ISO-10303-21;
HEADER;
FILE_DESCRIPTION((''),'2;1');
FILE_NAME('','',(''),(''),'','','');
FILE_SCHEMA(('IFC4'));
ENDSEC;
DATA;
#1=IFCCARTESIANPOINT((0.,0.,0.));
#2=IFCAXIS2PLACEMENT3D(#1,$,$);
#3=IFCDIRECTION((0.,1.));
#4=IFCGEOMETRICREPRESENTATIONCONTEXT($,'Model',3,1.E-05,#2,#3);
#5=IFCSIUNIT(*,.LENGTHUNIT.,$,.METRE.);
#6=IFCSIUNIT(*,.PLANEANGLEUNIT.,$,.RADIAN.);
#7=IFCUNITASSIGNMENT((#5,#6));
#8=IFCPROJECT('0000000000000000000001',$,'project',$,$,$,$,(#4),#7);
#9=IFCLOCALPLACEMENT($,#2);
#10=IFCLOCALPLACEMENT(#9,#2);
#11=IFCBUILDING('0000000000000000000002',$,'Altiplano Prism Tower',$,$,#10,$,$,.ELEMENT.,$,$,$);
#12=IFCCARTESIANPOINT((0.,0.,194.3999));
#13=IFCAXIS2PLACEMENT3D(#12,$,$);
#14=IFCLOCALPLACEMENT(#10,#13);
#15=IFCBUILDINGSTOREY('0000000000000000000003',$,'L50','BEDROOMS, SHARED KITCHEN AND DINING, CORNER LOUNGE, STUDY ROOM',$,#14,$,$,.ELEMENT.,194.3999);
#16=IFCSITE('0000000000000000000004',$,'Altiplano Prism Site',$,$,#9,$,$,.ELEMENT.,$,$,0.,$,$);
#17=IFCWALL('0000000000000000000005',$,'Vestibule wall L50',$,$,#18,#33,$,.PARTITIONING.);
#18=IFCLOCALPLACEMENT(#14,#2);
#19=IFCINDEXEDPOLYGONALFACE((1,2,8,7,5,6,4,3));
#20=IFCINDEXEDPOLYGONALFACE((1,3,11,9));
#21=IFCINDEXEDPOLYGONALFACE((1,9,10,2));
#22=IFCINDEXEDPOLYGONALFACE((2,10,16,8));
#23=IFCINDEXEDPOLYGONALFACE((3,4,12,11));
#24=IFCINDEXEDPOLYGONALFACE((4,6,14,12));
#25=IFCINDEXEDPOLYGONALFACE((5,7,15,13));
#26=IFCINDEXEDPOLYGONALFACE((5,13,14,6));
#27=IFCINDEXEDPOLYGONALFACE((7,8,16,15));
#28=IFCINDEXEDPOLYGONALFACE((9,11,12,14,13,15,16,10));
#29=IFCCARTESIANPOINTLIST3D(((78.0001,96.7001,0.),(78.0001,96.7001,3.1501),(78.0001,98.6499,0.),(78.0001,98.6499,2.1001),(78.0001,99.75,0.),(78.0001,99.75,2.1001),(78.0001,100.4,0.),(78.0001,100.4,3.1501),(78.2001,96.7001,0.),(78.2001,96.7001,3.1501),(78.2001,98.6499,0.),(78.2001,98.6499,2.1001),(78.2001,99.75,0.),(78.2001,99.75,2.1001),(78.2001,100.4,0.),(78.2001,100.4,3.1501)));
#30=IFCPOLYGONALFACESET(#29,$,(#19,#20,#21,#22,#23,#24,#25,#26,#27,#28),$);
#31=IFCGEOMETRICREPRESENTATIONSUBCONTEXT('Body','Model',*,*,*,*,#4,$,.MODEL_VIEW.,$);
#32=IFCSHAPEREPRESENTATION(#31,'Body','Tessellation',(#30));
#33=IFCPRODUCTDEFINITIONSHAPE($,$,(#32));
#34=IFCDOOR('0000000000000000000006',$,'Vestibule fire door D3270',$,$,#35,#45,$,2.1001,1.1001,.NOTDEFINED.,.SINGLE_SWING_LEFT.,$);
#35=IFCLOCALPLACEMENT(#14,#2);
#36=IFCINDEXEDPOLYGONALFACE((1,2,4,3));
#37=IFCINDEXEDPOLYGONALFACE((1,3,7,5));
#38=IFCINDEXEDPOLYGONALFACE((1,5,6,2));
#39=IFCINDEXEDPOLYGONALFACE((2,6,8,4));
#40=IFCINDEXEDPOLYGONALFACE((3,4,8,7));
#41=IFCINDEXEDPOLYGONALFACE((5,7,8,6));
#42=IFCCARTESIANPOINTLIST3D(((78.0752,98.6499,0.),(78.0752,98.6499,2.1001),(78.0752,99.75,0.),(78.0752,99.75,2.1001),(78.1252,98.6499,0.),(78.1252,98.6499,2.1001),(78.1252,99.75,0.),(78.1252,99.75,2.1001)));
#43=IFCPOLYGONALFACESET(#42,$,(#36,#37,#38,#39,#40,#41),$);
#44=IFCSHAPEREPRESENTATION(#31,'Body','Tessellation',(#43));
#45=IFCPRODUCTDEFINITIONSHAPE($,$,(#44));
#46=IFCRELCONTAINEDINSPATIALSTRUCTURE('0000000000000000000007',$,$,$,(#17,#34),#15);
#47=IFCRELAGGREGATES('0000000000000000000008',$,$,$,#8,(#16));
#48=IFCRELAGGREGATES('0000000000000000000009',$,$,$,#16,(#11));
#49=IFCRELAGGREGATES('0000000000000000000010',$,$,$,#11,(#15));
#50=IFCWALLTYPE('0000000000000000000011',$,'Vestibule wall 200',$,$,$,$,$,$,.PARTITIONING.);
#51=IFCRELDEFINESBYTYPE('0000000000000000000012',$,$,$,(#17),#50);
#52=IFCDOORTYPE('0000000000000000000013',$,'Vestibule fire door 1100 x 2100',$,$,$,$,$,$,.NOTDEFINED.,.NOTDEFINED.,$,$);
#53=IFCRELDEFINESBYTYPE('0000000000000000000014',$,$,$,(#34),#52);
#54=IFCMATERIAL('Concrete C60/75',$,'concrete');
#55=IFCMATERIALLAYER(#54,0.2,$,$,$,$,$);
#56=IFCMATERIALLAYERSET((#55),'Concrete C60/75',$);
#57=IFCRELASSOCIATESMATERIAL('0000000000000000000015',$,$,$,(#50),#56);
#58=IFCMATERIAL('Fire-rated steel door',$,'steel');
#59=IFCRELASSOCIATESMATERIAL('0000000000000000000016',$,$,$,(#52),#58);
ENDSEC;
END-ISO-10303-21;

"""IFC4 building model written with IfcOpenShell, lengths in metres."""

from ifc_helpers import new_model, si_unit, direction, frame, frame_2d, origin, place, context, subcontext, project, spatial, rectangle, extrude, material, layer, layer_set, type_object, element, fill, save


model = new_model("IFC4")

# Units and contexts
model_context = context("Model", 3, precision=1e-05, world=origin(), true_north=direction((0.0, 1.0)))
body_context = subcontext(model_context, "Body", "Model", "MODEL_VIEW")
ifc_project = project(units=[si_unit("LENGTHUNIT", "METRE"), si_unit("PLANEANGLEUNIT", "RADIAN")], contexts=[model_context])

# Site, building, storey
site_placement = place(None, origin())
site = spatial("IfcSite", under=ifc_project, at=site_placement, Name="Altiplano Prism Site", CompositionType="ELEMENT", RefElevation=0.0)
building_placement = place(site_placement, origin())
building = spatial("IfcBuilding", under=site, at=building_placement, Name="Altiplano Prism Tower", CompositionType="ELEMENT")
storey_placement = place(building_placement, frame((0.0, 0.0, 194.3999)))
storey = spatial("IfcBuildingStorey", under=building, at=storey_placement, Name="L50", Description="BEDROOMS, SHARED KITCHEN AND DINING, CORNER LOUNGE, STUDY ROOM", CompositionType="ELEMENT", Elevation=194.3999)

# Shared definitions
ifc_material_1 = material(Name="Concrete C60/75", Category="concrete")
ifc_material_2 = material(Name="Fire-rated steel door", Category="steel")

# Shared definitions
ifc_layer_1 = layer(ifc_material_1, 0.2)
ifc_layer_set_1 = layer_set([ifc_layer_1], Name="Concrete C60/75")
wall_type_1 = type_object("IfcWallType", Name="Vestibule wall 200", PredefinedType="PARTITIONING", material=ifc_layer_set_1)

# Wall, opening, door
wall_1_placement = place(storey_placement, frame((78.1001, 96.7, 0.0), z_axis=(0.0, 0.0, 1.0), x_axis=(0.0, 1.0, 0.0)))
wall_1 = element("IfcWall", 1, at=wall_1_placement, inside=storey, type_object=wall_type_1, Name="Vestibule wall L50", PredefinedType="PARTITIONING", context=body_context, shape_type="SweptSolid", body=[
    extrude(rectangle(XDim=3.7, YDim=0.2, at=frame_2d((1.8501, 0.0))), origin(), (0.0, 0.0, 1.0), 3.1501),
])
opening_1_placement = place(wall_1_placement, frame((1.95, 0.0, 0.0)))
opening_1 = element("IfcOpeningElement", 2, at=opening_1_placement, cuts=wall_1, PredefinedType="OPENING", context=body_context, shape_type="SweptSolid", body=[
    extrude(rectangle(XDim=1.1001, YDim=2.1001, at=frame_2d((0.55, 1.05))), frame((0.0, 0.1104, 0.0), z_axis=(0.0, -1.0, 0.0), x_axis=(1.0, 0.0, 0.0)), (0.0, 0.0, 1.0), 0.2209),
])
door_type_1 = type_object("IfcDoorType", Name="Vestibule fire door 1100 x 2100", OperationType="NOTDEFINED", PredefinedType="NOTDEFINED", material=ifc_material_2)
door_1_placement = place(opening_1_placement, origin())
door_1 = element("IfcDoor", 3, at=door_1_placement, inside=storey, type_object=door_type_1, Name="Vestibule fire door D3270", OperationType="SINGLE_SWING_LEFT", OverallHeight=2.1001, OverallWidth=1.1001, PredefinedType="NOTDEFINED", context=body_context, shape_type="SweptSolid", body=[
    extrude(rectangle(XDim=1.1001, YDim=2.1001, at=frame_2d((0.55, 1.05))), frame((0.0, 0.0249, 0.0), z_axis=(0.0, -1.0, 0.0), x_axis=(1.0, 0.0, 0.0)), (0.0, 0.0, 1.0), 0.05),
])
fill(opening_1, door_1)

save(model, "model.ifc")
